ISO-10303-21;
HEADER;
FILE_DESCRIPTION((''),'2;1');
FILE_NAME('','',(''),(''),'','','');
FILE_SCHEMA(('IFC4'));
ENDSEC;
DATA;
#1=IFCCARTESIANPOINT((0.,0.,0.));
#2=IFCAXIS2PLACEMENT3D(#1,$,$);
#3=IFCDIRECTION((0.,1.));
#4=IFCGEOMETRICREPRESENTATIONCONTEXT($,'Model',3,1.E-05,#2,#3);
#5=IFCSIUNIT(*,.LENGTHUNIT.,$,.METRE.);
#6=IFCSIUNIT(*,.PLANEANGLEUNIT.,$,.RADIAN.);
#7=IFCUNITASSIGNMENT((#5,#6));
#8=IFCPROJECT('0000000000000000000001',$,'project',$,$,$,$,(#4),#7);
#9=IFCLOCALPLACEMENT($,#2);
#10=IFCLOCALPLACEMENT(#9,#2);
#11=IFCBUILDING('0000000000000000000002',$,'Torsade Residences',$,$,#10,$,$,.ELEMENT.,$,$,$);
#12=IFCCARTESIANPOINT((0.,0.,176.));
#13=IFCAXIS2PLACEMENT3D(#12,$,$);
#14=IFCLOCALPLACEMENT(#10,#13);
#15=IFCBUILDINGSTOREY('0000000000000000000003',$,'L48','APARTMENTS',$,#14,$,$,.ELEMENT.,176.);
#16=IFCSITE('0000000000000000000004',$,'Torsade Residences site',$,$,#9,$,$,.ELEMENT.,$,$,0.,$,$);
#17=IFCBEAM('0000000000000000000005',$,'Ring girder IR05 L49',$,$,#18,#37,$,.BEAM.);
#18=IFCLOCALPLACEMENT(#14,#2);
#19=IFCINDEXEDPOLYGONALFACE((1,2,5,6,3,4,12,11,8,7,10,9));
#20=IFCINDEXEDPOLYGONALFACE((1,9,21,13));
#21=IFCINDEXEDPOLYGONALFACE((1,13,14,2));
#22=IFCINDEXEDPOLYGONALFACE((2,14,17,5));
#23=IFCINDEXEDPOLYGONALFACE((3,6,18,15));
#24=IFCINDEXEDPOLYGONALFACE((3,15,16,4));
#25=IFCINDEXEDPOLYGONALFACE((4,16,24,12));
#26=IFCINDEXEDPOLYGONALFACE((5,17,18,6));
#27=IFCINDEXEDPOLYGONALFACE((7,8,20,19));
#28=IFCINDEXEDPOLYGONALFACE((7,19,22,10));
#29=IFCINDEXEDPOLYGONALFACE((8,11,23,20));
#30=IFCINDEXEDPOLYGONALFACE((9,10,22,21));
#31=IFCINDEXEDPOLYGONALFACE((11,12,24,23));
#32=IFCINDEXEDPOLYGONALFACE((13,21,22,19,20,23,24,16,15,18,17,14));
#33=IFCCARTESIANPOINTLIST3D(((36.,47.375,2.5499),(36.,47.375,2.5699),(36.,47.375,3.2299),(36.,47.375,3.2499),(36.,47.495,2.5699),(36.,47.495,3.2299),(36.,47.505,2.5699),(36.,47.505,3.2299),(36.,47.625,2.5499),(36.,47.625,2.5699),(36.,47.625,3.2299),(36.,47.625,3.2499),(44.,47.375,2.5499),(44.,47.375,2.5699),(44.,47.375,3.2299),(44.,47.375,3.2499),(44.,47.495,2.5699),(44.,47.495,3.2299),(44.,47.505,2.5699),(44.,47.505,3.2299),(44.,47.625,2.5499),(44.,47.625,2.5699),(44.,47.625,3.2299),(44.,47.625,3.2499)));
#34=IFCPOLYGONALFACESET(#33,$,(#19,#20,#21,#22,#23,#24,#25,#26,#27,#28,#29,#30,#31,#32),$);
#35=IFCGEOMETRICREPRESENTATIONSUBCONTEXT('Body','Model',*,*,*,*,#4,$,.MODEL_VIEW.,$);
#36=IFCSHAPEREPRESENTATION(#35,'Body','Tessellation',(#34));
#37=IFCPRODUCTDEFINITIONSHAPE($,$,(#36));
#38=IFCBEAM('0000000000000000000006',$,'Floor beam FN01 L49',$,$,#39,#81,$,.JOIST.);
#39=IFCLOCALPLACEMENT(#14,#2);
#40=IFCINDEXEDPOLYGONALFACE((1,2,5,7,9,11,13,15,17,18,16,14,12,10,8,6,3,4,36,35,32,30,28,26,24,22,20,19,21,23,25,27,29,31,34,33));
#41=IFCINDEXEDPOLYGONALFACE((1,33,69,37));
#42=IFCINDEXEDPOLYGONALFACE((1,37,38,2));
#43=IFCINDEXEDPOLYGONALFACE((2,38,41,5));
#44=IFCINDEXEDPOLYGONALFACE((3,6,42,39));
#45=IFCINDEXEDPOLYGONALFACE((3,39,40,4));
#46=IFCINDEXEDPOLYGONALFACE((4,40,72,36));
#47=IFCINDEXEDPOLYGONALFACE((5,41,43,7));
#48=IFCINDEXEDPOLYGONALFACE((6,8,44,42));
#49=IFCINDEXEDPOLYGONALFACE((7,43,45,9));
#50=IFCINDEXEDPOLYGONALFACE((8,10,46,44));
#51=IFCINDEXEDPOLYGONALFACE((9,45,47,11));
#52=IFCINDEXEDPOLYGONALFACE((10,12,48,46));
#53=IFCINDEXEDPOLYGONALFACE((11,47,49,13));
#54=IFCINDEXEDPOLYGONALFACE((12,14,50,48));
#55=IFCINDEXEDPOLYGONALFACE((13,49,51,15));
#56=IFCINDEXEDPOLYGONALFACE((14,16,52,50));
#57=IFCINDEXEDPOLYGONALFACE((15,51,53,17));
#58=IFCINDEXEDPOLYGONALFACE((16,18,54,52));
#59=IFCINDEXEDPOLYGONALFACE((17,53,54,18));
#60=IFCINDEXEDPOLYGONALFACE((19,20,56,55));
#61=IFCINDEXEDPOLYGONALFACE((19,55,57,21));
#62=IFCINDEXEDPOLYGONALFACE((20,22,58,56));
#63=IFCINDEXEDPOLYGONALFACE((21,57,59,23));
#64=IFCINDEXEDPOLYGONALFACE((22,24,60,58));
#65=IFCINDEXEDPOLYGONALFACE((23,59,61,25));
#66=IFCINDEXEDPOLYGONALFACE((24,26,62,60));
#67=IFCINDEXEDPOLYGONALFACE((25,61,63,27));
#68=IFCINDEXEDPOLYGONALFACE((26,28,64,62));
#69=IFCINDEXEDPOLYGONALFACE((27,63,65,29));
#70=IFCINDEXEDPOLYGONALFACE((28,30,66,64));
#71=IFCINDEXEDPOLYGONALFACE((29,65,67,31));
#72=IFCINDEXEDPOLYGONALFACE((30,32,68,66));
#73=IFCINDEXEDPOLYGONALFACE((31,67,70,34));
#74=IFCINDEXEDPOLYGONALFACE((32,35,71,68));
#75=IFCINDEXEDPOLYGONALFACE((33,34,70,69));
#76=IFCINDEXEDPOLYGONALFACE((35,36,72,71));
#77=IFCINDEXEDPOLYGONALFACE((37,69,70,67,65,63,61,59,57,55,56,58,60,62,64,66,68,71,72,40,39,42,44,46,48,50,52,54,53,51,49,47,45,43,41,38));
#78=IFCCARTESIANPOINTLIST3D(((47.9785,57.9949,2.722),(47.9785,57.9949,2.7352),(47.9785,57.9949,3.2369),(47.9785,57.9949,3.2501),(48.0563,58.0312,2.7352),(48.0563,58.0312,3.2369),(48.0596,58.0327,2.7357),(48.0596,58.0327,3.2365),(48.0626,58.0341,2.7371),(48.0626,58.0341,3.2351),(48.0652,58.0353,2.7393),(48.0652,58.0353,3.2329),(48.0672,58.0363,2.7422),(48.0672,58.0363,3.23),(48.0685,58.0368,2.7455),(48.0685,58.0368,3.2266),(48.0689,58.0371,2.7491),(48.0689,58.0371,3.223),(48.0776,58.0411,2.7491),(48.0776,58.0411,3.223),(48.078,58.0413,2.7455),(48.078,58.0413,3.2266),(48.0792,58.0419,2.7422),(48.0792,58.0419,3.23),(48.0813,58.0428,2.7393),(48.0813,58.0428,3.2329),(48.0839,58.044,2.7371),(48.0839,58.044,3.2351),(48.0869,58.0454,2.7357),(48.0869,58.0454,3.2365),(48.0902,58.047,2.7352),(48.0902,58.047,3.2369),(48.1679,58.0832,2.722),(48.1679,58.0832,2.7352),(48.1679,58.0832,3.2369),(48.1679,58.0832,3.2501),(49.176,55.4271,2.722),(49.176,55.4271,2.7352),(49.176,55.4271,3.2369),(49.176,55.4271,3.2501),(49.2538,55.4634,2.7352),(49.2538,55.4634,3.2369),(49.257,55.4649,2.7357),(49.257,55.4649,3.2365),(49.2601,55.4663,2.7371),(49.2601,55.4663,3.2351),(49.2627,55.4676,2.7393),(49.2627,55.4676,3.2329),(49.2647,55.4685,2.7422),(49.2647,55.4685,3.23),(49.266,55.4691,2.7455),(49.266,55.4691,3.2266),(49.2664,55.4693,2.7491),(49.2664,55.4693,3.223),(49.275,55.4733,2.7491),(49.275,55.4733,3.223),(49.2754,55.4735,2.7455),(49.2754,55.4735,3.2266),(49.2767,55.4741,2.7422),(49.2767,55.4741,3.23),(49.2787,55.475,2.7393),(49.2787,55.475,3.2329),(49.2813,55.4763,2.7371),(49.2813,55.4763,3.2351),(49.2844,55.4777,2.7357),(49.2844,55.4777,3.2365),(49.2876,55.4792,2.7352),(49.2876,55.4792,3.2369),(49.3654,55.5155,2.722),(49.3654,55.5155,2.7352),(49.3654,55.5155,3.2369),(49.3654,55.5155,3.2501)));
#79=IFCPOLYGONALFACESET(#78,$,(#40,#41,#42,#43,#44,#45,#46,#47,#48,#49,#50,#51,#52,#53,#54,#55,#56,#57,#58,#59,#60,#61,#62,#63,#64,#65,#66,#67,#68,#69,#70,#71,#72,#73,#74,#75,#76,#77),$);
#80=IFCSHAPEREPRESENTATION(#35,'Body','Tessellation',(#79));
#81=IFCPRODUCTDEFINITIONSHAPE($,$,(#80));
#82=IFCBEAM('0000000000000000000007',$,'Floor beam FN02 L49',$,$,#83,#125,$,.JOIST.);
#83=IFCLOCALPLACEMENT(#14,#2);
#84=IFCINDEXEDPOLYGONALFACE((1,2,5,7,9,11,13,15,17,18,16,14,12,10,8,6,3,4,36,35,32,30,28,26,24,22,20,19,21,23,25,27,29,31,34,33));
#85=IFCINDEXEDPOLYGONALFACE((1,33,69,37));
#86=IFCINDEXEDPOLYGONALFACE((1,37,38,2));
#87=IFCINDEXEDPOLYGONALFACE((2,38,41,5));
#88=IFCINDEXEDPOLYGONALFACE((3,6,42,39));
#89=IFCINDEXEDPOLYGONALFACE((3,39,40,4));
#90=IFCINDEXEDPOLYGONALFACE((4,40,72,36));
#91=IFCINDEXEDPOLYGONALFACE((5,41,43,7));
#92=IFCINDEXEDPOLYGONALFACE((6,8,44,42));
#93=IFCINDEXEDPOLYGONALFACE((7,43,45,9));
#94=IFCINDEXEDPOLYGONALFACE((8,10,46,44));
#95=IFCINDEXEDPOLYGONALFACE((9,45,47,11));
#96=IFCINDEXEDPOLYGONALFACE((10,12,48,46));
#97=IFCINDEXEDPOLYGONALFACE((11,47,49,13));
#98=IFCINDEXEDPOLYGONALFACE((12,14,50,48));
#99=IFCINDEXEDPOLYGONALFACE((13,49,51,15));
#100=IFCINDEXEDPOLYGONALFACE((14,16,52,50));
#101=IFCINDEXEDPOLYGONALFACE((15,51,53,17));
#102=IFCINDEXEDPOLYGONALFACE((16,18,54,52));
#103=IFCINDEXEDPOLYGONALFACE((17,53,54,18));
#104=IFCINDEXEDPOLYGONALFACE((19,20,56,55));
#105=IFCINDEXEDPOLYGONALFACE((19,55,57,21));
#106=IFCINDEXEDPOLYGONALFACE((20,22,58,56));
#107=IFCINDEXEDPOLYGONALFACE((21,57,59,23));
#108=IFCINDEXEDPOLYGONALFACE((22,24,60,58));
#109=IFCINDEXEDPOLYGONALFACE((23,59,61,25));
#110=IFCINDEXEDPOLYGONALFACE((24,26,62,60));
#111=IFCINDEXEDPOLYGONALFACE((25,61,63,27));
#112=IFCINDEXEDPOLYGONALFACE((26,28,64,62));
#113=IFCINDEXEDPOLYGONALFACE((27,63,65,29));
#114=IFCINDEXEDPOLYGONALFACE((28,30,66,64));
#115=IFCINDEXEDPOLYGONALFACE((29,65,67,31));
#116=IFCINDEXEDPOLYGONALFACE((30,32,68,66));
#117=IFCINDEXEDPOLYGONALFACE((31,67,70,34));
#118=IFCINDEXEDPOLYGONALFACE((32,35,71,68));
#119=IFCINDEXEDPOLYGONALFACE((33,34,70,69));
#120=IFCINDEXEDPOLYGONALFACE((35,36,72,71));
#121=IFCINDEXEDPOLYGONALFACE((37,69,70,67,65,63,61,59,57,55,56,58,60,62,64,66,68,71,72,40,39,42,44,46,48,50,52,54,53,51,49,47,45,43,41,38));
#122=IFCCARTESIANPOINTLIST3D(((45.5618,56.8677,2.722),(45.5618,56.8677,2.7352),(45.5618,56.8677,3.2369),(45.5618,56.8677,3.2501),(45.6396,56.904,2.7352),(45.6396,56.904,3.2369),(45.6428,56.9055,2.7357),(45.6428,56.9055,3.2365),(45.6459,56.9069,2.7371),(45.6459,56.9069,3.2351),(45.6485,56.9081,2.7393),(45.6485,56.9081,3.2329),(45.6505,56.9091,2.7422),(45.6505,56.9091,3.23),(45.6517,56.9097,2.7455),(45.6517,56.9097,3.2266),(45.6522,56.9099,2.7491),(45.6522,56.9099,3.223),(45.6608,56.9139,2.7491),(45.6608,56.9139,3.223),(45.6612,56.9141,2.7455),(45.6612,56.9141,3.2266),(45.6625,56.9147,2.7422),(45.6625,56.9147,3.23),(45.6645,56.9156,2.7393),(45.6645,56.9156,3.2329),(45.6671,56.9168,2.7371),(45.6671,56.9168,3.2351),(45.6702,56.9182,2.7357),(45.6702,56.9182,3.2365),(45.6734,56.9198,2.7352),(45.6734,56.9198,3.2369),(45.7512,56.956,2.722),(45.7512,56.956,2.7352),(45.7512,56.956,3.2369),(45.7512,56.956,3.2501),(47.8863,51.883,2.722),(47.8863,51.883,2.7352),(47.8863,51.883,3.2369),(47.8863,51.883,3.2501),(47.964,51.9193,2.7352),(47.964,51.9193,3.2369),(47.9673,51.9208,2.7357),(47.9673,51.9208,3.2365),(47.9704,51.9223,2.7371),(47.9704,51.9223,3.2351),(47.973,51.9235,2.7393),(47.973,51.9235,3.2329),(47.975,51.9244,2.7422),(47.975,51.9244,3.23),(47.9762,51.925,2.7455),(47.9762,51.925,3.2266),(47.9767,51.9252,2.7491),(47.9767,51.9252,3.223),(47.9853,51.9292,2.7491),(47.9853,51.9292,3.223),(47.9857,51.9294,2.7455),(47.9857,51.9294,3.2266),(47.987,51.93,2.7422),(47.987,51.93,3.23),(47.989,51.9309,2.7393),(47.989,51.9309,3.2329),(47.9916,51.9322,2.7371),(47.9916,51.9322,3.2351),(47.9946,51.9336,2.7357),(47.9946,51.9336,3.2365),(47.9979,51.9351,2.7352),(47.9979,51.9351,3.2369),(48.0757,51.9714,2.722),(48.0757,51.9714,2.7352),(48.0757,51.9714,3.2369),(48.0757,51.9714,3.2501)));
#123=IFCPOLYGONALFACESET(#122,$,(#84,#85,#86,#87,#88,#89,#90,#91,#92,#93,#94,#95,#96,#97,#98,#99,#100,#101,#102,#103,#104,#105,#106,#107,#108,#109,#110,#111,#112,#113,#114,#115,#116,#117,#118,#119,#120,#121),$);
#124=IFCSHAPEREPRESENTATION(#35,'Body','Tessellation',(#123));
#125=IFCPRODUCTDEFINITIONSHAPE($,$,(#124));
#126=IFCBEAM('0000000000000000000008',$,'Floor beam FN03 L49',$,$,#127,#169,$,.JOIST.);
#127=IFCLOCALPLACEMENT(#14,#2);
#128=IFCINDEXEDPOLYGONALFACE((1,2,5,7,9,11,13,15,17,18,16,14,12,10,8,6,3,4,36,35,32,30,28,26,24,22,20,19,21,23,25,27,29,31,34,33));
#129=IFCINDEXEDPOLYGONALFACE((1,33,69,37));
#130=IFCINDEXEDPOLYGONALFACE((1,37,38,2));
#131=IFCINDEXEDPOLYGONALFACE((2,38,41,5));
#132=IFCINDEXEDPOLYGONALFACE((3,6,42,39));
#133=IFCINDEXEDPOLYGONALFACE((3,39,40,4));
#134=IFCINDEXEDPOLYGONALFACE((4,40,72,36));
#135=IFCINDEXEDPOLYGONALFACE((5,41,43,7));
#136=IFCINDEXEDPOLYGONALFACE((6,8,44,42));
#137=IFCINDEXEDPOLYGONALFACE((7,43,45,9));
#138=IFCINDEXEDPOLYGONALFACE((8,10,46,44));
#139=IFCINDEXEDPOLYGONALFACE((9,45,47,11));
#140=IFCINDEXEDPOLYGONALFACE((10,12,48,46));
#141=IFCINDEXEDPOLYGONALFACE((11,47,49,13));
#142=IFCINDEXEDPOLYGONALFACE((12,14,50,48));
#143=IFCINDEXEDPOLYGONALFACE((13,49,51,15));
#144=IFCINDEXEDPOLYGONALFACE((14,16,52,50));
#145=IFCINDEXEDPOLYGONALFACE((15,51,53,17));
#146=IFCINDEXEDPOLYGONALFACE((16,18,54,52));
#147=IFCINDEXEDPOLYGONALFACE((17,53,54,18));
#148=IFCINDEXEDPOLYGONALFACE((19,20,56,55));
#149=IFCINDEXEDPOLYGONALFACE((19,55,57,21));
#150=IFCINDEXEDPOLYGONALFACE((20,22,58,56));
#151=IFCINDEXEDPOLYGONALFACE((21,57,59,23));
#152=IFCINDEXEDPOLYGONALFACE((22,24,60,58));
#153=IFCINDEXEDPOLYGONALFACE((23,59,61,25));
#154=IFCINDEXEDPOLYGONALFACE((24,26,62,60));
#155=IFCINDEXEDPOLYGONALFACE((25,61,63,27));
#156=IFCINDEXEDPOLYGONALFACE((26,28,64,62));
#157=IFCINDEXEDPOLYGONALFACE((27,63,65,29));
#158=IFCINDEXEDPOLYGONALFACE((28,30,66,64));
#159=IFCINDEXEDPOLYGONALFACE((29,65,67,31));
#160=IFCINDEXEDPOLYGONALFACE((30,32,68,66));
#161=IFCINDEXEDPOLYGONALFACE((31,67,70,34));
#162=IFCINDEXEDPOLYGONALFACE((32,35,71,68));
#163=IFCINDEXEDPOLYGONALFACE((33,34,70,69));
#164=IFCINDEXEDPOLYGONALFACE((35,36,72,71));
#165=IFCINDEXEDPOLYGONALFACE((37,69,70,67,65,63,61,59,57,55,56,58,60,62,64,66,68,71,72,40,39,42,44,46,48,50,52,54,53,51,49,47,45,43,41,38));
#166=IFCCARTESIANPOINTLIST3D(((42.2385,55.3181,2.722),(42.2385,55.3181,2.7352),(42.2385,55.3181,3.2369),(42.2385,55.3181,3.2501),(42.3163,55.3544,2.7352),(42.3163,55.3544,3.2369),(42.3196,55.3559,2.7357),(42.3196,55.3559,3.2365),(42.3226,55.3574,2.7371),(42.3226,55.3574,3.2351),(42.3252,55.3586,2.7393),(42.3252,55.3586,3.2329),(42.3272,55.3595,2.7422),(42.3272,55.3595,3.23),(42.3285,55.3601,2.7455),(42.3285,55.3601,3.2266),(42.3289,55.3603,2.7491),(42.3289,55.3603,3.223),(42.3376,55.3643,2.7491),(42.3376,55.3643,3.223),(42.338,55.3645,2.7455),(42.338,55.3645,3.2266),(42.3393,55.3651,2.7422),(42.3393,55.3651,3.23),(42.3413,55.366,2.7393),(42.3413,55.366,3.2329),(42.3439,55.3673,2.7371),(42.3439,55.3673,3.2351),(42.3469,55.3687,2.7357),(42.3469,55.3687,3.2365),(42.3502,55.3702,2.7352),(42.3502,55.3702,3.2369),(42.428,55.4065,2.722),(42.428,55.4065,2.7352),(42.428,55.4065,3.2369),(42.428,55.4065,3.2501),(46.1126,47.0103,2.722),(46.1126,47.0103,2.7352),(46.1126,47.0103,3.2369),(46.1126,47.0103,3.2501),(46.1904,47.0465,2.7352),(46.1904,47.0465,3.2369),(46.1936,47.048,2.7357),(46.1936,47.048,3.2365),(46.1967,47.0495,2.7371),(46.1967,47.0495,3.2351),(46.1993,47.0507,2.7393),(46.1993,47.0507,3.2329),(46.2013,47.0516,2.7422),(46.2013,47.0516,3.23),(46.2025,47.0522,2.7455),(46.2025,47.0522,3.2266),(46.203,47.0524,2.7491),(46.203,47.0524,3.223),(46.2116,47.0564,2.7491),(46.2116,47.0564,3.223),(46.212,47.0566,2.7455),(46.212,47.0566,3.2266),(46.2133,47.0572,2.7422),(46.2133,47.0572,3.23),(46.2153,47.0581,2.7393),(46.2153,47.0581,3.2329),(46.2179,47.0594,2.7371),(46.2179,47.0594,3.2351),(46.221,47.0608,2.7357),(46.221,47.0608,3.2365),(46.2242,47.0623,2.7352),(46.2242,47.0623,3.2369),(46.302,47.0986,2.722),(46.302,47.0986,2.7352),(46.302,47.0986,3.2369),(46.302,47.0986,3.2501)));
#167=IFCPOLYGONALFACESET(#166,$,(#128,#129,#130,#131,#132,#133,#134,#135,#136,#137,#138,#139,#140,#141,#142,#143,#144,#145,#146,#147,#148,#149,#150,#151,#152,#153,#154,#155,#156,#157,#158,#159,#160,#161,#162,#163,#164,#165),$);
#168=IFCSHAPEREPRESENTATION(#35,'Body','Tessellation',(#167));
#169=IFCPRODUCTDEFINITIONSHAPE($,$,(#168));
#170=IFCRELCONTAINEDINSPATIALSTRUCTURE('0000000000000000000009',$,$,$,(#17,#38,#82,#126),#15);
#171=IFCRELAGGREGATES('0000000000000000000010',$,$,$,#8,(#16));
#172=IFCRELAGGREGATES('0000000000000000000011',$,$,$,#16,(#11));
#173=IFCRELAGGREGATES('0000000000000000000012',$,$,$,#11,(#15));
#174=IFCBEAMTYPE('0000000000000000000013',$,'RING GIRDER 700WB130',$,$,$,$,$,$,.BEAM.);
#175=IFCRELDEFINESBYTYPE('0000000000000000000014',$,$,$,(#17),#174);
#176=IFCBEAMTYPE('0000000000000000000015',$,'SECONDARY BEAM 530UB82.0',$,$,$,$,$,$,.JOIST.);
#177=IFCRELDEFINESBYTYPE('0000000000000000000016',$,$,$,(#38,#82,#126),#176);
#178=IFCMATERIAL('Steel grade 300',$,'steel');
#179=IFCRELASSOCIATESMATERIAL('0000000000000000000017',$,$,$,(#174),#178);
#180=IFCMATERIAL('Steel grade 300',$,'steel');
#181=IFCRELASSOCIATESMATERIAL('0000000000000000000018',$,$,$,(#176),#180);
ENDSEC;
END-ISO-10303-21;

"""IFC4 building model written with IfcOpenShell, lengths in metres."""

from ifc_helpers import new_model, si_unit, direction, frame, origin, origin_2d, place, context, subcontext, project, spatial, i_section, extrude, material, material_profile, profile_set, type_object, element, save


model = new_model("IFC4")

# Units and contexts
model_context = context("Model", 3, precision=1e-05, world=origin(), true_north=direction((0.0, 1.0)))
body_context = subcontext(model_context, "Body", "Model", "MODEL_VIEW")
ifc_project = project(units=[si_unit("LENGTHUNIT", "METRE"), si_unit("PLANEANGLEUNIT", "RADIAN")], contexts=[model_context])

# Site, building, storey
site_placement = place(None, origin())
site = spatial("IfcSite", under=ifc_project, at=site_placement, Name="Torsade Residences site", CompositionType="ELEMENT", RefElevation=0.0)
building_placement = place(site_placement, origin())
building = spatial("IfcBuilding", under=site, at=building_placement, Name="Torsade Residences", CompositionType="ELEMENT")
storey_placement = place(building_placement, frame((0.0, 0.0, 176.0)))
storey = spatial("IfcBuildingStorey", under=building, at=storey_placement, Name="L48", Description="APARTMENTS", CompositionType="ELEMENT", Elevation=176.0)

# Beams
ifc_material_1 = material(Name="Steel grade 300", Category="steel")
ifc_material_profile_1 = material_profile(ifc_material_1, i_section(OverallWidth=0.25, OverallDepth=0.7, WebThickness=0.01, FlangeThickness=0.02, at=origin_2d()), Name="700WB130")
ifc_profile_set_1 = profile_set([ifc_material_profile_1], Name="Steel grade 300")
beam_type_1 = type_object("IfcBeamType", Name="RING GIRDER 700WB130", PredefinedType="BEAM", material=ifc_profile_set_1)
beam_1_placement = place(storey_placement, frame((44.0, 47.5, 2.8999), z_axis=(-1.0, 0.0, 0.0), x_axis=(0.0, -1.0, 0.0)))
element("IfcBeam", 1, at=beam_1_placement, inside=storey, type_object=beam_type_1, Name="Ring girder IR05 L49", PredefinedType="BEAM", context=body_context, shape_type="SweptSolid", body=[
    extrude(i_section(OverallWidth=0.25, OverallDepth=0.7, WebThickness=0.01, FlangeThickness=0.02, at=origin_2d()), origin(), (0.0, 0.0, 1.0), 8.0),
])
ifc_material_2 = material(Name="Steel grade 300", Category="steel")
ifc_material_profile_2 = material_profile(ifc_material_2, i_section(OverallWidth=0.209, OverallDepth=0.5281, WebThickness=0.0095, FlangeThickness=0.0132, FilletRadius=0.0139, at=origin_2d()), Name="530UB82.0")
ifc_profile_set_2 = profile_set([ifc_material_profile_2], Name="Steel grade 300")
beam_type_2 = type_object("IfcBeamType", Name="SECONDARY BEAM 530UB82.0", PredefinedType="JOIST", material=ifc_profile_set_2)
beam_2_placement = place(storey_placement, frame((48.0732, 58.0391, 2.9861), z_axis=(0.422645, -0.906295, 0.0), x_axis=(0.906295, 0.422645, 0.0)))
element("IfcBeam", 2, at=beam_2_placement, inside=storey, type_object=beam_type_2, Name="Floor beam FN01 L49", PredefinedType="JOIST", context=body_context, shape_type="SweptSolid", body=[
    extrude(i_section(OverallWidth=0.209, OverallDepth=0.5281, WebThickness=0.0095, FlangeThickness=0.0132, FilletRadius=0.0139, at=origin_2d()), origin(), (0.0, 0.0, 1.0), 2.8333),
])
beam_3_placement = place(storey_placement, frame((45.6565, 56.9119, 2.9861), z_axis=(0.422633, -0.906301, 0.0), x_axis=(0.906301, 0.422633, 0.0)))
element("IfcBeam", 3, at=beam_3_placement, inside=storey, type_object=beam_type_2, Name="Floor beam FN02 L49", PredefinedType="JOIST", context=body_context, shape_type="SweptSolid", body=[
    extrude(i_section(OverallWidth=0.209, OverallDepth=0.5281, WebThickness=0.0095, FlangeThickness=0.0132, FilletRadius=0.0139, at=origin_2d()), origin(), (0.0, 0.0, 1.0), 5.5),
])
beam_4_placement = place(storey_placement, frame((42.3333, 55.3623, 2.9861), z_axis=(0.422619, -0.906308, 0.0), x_axis=(0.906308, 0.422619, 0.0)))
element("IfcBeam", 4, at=beam_4_placement, inside=storey, type_object=beam_type_2, Name="Floor beam FN03 L49", PredefinedType="JOIST", context=body_context, shape_type="SweptSolid", body=[
    extrude(i_section(OverallWidth=0.209, OverallDepth=0.5281, WebThickness=0.0095, FlangeThickness=0.0132, FilletRadius=0.0139, at=origin_2d()), origin(), (0.0, 0.0, 1.0), 9.1667),
])

save(model, "model.ifc")
